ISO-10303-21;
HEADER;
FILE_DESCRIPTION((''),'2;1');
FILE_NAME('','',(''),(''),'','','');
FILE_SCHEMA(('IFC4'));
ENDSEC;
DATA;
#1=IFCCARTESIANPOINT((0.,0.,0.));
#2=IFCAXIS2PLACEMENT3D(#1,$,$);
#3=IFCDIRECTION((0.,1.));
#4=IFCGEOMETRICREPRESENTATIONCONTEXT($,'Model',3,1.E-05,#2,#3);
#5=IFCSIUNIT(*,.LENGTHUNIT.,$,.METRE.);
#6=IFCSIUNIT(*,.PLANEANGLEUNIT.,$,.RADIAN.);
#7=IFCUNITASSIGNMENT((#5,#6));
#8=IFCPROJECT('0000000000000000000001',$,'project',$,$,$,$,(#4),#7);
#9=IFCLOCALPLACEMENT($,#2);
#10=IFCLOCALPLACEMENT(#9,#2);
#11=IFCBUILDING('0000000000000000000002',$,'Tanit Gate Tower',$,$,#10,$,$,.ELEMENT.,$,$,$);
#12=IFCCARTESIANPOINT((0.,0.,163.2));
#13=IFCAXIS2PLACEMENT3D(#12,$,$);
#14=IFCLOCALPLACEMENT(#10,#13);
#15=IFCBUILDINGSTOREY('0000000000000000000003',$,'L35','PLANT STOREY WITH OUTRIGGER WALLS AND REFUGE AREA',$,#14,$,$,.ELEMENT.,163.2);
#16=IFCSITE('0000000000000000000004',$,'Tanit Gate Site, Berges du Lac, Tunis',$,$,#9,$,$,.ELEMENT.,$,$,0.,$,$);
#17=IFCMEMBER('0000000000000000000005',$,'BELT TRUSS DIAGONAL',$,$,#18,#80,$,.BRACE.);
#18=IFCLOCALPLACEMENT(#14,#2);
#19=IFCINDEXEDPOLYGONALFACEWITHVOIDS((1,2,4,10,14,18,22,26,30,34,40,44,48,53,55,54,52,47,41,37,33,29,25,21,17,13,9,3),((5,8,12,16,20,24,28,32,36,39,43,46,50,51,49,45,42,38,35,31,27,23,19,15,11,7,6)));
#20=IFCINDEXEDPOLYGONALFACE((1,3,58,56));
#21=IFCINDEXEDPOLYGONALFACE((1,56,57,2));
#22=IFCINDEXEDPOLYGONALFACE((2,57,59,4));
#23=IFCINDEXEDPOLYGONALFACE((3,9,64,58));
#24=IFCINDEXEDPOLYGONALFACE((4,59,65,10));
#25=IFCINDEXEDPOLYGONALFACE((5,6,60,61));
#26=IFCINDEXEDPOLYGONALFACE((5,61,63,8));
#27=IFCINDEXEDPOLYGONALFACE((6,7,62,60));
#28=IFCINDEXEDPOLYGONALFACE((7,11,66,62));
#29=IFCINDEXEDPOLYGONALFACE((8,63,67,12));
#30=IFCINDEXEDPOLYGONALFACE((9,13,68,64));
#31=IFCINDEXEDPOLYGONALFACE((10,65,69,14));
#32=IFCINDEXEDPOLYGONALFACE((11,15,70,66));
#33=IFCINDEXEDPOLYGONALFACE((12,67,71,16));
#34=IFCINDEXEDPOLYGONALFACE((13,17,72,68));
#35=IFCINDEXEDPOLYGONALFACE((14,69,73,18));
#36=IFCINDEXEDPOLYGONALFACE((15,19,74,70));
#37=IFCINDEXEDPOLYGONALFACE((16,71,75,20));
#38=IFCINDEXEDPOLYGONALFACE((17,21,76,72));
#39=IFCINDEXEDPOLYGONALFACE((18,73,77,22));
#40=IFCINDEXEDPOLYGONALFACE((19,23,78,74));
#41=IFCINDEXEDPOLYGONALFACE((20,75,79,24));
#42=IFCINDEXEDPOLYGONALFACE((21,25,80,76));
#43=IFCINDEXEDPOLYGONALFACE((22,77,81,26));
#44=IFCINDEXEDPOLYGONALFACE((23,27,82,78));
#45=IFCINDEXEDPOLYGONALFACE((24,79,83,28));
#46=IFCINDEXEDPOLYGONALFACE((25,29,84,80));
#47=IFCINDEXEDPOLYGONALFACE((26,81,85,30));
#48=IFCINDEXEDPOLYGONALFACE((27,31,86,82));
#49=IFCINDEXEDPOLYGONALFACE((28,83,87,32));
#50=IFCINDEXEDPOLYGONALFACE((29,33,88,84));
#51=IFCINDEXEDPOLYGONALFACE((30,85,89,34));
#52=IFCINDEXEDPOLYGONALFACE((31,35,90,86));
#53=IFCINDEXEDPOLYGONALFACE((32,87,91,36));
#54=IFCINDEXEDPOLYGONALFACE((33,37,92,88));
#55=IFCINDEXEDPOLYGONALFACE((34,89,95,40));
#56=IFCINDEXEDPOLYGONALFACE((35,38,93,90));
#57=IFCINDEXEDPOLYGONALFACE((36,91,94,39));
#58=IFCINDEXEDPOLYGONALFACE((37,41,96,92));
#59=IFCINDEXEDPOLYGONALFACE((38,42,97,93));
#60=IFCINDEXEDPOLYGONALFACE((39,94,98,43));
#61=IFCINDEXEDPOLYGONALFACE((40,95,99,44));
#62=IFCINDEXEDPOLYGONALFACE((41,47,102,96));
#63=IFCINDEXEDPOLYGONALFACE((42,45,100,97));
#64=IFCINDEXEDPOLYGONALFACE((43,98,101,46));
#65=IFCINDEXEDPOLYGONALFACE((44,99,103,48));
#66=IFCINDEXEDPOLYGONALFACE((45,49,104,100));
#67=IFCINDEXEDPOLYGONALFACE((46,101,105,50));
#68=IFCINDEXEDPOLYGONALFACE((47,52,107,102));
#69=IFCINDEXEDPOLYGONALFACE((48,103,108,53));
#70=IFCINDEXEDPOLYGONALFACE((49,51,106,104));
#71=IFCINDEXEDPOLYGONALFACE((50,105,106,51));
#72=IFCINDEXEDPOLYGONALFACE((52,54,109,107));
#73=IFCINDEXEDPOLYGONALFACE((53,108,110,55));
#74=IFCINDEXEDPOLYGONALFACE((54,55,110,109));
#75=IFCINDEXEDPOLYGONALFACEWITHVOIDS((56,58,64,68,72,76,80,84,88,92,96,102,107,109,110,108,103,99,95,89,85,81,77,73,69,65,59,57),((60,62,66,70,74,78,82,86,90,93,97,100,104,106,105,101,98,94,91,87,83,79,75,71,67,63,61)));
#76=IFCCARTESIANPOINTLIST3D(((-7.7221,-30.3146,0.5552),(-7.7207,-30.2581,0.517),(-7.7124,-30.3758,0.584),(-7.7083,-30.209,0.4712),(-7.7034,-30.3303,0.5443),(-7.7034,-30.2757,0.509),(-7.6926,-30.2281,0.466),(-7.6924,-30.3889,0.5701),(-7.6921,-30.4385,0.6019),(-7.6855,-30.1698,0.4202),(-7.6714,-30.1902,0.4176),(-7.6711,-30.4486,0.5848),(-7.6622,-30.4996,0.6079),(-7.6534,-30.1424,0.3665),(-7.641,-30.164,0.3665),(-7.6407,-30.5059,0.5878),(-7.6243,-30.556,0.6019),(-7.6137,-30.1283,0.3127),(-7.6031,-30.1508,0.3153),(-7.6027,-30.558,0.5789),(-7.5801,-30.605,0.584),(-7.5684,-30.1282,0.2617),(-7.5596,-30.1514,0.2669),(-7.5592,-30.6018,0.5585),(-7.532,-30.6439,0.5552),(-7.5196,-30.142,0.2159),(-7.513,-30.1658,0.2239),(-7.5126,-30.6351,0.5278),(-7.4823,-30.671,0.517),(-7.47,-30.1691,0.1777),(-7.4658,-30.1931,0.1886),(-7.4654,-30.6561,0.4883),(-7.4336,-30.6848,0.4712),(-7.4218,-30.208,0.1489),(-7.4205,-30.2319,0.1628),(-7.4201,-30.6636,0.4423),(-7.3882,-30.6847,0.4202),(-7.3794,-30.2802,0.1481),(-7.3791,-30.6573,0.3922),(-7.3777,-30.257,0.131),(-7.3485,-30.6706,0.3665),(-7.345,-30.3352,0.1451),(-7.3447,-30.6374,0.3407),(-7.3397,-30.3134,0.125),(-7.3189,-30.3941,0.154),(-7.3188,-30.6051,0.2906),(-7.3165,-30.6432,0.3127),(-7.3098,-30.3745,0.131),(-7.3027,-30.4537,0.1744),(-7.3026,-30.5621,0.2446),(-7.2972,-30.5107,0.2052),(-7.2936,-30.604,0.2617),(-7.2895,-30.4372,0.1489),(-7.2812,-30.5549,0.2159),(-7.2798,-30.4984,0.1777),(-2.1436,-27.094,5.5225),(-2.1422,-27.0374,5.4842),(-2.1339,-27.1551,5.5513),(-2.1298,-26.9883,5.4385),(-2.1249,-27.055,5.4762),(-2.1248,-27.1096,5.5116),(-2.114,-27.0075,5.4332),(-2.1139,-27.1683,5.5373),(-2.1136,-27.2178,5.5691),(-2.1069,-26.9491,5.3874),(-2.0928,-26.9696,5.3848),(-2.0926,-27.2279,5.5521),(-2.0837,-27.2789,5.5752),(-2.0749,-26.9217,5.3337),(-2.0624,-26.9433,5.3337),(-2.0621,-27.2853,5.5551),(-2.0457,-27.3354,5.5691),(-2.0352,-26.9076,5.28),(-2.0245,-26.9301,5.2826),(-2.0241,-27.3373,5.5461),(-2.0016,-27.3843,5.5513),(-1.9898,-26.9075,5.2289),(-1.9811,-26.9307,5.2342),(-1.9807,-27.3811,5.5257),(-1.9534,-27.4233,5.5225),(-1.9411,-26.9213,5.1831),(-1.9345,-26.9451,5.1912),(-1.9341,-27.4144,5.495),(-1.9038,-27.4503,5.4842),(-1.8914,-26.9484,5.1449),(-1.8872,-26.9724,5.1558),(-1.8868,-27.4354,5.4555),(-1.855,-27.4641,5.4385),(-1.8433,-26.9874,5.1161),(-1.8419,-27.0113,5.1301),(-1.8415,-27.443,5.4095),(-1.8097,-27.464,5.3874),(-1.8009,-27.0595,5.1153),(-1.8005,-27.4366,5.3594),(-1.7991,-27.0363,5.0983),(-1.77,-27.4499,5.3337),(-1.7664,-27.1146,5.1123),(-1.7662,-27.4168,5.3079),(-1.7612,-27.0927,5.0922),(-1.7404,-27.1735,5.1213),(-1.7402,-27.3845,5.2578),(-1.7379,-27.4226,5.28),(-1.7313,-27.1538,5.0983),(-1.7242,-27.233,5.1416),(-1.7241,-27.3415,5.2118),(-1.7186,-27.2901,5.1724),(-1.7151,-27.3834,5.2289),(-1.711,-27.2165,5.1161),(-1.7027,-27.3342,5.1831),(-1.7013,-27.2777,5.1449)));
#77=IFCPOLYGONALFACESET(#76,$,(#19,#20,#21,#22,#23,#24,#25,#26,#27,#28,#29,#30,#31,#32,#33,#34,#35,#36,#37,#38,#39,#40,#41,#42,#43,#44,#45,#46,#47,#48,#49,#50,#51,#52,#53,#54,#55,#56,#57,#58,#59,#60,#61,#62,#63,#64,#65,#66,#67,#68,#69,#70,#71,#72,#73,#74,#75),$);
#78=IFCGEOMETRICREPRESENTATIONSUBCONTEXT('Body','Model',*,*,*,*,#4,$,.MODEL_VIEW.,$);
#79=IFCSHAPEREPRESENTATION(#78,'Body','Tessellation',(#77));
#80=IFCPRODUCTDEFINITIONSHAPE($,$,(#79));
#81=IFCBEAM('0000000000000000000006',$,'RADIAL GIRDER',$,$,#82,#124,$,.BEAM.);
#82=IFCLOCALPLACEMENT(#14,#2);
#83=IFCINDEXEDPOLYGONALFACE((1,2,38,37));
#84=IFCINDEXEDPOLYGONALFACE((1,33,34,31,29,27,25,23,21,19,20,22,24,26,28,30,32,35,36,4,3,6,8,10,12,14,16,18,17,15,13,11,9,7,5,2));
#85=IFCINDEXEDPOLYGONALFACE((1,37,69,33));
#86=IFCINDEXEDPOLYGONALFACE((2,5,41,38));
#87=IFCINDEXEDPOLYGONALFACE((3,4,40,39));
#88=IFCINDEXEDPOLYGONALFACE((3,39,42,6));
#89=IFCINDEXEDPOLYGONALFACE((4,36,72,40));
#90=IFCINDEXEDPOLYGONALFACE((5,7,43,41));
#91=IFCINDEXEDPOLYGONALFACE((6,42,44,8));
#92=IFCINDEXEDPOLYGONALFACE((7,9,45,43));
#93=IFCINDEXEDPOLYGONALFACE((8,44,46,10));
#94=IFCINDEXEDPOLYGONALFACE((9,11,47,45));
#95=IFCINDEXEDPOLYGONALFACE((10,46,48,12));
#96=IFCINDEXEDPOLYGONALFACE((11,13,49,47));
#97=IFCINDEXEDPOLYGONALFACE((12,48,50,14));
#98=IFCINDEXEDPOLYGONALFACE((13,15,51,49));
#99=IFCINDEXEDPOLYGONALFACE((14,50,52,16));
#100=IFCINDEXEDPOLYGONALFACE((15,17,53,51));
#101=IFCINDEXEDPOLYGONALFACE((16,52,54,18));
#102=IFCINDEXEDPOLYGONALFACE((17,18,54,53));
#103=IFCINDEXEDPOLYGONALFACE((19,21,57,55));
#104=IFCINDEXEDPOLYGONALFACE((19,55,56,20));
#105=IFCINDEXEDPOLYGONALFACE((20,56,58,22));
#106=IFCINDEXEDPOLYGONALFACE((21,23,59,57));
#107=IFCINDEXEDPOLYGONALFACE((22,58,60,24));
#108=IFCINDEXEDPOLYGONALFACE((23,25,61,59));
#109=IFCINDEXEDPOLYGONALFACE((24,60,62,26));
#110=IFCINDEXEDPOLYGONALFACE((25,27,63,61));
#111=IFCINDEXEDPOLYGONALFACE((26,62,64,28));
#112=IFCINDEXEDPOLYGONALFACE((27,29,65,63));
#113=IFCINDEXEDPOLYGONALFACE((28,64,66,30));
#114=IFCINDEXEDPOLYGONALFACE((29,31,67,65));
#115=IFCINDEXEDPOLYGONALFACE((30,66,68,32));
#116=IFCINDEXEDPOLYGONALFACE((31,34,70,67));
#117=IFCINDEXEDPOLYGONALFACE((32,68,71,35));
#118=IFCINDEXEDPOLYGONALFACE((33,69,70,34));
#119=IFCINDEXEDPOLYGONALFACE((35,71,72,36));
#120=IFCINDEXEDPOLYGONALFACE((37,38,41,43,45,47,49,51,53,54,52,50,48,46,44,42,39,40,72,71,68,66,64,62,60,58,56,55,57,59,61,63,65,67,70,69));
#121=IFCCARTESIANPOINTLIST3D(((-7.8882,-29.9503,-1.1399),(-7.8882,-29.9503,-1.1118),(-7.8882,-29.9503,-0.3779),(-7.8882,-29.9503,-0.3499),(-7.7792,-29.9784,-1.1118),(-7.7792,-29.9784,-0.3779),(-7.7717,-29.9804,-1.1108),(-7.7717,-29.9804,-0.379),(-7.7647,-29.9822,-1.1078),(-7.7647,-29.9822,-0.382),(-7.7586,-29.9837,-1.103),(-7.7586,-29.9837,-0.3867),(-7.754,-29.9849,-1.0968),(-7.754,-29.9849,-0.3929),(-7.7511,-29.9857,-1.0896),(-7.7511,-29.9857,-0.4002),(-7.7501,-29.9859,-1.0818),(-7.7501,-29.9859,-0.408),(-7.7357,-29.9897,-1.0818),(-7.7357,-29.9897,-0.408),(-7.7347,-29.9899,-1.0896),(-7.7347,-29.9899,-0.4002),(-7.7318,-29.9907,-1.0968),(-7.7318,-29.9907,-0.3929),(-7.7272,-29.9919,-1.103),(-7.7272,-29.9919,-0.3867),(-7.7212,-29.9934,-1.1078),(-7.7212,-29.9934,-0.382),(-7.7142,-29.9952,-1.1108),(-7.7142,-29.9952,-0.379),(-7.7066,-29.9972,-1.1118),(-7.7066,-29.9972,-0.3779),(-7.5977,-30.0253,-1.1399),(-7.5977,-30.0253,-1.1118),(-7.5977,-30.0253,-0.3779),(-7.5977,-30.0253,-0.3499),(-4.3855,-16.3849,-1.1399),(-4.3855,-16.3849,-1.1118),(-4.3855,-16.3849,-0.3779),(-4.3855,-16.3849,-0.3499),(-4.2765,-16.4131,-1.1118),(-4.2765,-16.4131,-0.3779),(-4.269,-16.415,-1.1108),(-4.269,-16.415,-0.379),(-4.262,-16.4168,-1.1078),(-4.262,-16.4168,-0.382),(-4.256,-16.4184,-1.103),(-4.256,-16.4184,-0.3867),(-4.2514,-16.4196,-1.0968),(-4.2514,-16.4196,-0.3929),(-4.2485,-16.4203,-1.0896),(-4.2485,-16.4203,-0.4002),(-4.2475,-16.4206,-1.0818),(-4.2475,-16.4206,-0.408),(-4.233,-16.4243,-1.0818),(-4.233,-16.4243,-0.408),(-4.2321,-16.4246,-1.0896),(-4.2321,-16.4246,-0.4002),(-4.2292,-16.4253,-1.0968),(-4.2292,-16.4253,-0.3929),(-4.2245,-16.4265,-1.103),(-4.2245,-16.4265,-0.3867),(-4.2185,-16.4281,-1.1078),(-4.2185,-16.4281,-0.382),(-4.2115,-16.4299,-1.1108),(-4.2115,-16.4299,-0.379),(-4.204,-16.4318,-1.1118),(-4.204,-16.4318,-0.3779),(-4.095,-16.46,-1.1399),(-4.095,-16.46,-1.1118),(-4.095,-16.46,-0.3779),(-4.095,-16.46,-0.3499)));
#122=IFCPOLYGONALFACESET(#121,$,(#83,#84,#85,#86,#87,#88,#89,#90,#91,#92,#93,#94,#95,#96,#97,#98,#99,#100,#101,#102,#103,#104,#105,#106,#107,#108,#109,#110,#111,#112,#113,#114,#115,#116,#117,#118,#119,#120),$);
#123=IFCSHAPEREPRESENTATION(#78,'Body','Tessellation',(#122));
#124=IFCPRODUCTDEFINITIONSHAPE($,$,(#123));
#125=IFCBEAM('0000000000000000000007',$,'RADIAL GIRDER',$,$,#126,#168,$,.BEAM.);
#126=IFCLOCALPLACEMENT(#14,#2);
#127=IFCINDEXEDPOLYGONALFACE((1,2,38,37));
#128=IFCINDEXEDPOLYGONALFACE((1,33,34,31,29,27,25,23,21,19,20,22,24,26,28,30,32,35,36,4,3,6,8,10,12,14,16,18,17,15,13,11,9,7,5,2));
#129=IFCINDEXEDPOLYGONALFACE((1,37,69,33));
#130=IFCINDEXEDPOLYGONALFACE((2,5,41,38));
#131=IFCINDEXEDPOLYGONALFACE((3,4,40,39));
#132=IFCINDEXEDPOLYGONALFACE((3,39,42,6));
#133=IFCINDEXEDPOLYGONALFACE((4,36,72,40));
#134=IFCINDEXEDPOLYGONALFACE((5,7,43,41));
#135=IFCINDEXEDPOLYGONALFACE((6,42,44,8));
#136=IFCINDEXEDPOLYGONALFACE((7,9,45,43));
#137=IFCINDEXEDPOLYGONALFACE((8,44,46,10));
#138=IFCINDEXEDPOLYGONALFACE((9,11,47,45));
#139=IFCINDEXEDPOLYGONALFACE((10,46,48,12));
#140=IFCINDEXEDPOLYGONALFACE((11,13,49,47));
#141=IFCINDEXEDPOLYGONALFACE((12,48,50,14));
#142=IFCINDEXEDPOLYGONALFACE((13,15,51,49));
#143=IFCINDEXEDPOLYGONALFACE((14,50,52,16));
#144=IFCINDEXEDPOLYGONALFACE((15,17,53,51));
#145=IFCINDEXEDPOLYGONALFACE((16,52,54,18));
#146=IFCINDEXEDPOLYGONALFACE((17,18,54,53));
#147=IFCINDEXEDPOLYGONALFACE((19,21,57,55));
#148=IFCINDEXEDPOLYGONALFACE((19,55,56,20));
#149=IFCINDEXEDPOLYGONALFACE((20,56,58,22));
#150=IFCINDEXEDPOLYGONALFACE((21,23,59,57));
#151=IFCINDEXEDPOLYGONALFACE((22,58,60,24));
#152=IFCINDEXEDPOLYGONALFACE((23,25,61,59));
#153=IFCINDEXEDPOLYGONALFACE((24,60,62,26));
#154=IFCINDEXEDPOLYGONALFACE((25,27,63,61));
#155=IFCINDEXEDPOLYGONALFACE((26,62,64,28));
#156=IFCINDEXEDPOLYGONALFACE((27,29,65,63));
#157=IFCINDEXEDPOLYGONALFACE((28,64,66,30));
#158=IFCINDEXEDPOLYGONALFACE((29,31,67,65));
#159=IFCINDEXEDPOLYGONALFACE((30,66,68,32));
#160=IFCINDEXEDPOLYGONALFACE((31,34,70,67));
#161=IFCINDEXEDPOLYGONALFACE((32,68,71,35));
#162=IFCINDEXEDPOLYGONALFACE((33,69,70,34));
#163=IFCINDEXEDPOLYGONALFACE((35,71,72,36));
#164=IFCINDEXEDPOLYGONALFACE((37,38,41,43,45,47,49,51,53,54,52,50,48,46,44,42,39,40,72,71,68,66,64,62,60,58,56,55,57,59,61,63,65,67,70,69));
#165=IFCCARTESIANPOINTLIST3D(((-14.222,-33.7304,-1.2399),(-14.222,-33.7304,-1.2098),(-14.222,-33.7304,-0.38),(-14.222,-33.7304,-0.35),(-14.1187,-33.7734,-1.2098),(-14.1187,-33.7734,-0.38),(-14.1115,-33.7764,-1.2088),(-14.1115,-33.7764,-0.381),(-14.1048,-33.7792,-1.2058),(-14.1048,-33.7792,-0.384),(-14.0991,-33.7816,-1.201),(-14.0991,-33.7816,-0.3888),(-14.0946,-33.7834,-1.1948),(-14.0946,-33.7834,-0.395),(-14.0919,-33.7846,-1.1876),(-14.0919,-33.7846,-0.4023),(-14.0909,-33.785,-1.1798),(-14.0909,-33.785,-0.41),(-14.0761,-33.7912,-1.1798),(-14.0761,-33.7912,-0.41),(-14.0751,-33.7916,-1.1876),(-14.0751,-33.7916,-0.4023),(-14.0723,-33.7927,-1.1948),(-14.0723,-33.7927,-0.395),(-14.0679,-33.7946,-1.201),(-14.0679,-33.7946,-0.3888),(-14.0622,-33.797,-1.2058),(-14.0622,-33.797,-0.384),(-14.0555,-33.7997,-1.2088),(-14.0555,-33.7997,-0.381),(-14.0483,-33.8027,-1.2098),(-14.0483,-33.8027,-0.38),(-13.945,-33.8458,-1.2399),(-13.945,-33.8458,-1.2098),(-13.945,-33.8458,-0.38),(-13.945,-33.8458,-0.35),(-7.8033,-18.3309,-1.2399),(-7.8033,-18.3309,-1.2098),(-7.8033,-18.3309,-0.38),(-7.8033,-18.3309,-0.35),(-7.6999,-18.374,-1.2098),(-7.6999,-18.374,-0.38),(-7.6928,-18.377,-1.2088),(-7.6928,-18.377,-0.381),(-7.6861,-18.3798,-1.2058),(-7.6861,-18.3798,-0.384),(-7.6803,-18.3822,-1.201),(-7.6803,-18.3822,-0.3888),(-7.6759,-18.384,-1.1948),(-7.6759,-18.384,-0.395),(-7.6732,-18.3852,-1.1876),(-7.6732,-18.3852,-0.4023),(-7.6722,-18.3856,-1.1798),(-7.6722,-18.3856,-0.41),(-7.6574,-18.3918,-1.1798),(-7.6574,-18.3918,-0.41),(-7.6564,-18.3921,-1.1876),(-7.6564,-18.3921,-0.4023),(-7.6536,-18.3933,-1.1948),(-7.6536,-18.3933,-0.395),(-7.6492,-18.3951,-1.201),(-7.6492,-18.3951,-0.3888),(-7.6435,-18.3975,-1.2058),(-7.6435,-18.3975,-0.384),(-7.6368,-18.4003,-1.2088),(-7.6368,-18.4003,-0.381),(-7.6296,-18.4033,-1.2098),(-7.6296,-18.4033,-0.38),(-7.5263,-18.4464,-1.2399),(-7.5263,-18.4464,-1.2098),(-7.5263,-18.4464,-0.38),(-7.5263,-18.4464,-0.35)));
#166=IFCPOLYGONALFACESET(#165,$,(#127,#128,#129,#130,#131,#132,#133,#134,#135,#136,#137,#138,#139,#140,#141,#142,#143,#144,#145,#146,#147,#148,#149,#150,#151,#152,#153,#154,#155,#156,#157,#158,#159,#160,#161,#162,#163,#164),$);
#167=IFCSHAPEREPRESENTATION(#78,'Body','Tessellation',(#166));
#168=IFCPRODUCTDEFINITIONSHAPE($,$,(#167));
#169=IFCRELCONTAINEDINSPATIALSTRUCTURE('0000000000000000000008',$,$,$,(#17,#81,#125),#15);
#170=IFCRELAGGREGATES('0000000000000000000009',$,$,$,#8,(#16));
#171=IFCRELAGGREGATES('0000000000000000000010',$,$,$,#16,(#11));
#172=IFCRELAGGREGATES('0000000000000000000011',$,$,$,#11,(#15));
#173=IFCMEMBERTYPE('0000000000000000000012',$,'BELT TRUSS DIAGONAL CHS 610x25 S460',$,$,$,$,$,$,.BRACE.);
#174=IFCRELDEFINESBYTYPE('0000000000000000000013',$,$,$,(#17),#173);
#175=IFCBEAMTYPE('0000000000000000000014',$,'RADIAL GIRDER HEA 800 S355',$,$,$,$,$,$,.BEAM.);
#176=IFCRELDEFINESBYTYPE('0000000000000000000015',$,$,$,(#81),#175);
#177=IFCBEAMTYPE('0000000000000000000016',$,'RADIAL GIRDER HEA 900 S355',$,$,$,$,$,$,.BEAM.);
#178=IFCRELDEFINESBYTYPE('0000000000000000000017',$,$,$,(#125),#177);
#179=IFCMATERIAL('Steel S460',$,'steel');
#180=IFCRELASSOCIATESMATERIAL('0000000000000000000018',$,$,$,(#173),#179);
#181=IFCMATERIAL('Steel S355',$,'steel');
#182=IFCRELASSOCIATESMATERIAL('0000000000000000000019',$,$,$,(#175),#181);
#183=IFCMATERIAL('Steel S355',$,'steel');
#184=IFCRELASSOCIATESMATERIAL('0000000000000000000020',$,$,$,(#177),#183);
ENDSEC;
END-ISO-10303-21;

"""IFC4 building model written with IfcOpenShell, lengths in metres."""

from ifc_helpers import new_model, si_unit, direction, frame, origin, origin_2d, place, context, subcontext, project, spatial, hollow_circle, i_section, extrude, material, material_profile, profile_set, type_object, element, save


model = new_model("IFC4")

# Units and contexts
model_context = context("Model", 3, precision=1e-05, world=origin(), true_north=direction((0.0, 1.0)))
body_context = subcontext(model_context, "Body", "Model", "MODEL_VIEW")
ifc_project = project(units=[si_unit("LENGTHUNIT", "METRE"), si_unit("PLANEANGLEUNIT", "RADIAN")], contexts=[model_context])

# Site, building, storey
site_placement = place(None, origin())
site = spatial("IfcSite", under=ifc_project, at=site_placement, Name="Tanit Gate Site, Berges du Lac, Tunis", CompositionType="ELEMENT", RefElevation=0.0)
building_placement = place(site_placement, origin())
building = spatial("IfcBuilding", under=site, at=building_placement, Name="Tanit Gate Tower", CompositionType="ELEMENT")
storey_placement = place(building_placement, frame((0.0, 0.0, 163.2)))
storey = spatial("IfcBuildingStorey", under=building, at=storey_placement, Name="L35", Description="PLANT STOREY WITH OUTRIGGER WALLS AND REFUGE AREA", CompositionType="ELEMENT", Elevation=163.2)

# Member
ifc_material_1 = material(Name="Steel S460", Category="steel")
ifc_material_profile_1 = material_profile(ifc_material_1, hollow_circle(Radius=0.3049, WallThickness=0.0249, at=origin_2d()), Name="CHS 610x25")
ifc_profile_set_1 = profile_set([ifc_material_profile_1], Name="Steel S460")
member_type = type_object("IfcMemberType", Name="BELT TRUSS DIAGONAL CHS 610x25 S460", PredefinedType="BRACE", material=ifc_profile_set_1)
for number, where, z_axis, x_axis, name in (
    (1, (-7.501, -30.4065, 0.3665), (0.685809, 0.395938, 0.610655), (-0.499987, 0.866033, 0.0), "BELT TRUSS DIAGONAL"),
):
    element("IfcMember", number, at=place(storey_placement, frame(where, z_axis=z_axis, x_axis=x_axis)), inside=storey, type_object=member_type, Name=name, PredefinedType="BRACE", context=body_context, shape_type="SweptSolid", body=[
        extrude(hollow_circle(Radius=0.3049, WallThickness=0.0249, at=origin_2d()), origin(), (0.0, 0.0, 1.0), 8.1343),
    ])

# Beams
ifc_material_2 = material(Name="Steel S355", Category="steel")
ifc_material_profile_2 = material_profile(ifc_material_2, i_section(OverallWidth=0.3, OverallDepth=0.79, WebThickness=0.0149, FlangeThickness=0.0281, FilletRadius=0.03, at=origin_2d()), Name="HEA 800")
ifc_profile_set_2 = profile_set([ifc_material_profile_2], Name="Steel S355")
beam_type_1 = type_object("IfcBeamType", Name="RADIAL GIRDER HEA 800 S355", PredefinedType="BEAM", material=ifc_profile_set_2)
beam_1_placement = place(storey_placement, frame((-7.7429, -29.9878, -0.7449), z_axis=(0.250007, 0.968244, 0.0), x_axis=(-0.968244, 0.250007, 0.0)))
element("IfcBeam", 2, at=beam_1_placement, inside=storey, type_object=beam_type_1, Name="RADIAL GIRDER", PredefinedType="BEAM", context=body_context, shape_type="SweptSolid", body=[
    extrude(i_section(OverallWidth=0.3, OverallDepth=0.79, WebThickness=0.0149, FlangeThickness=0.0281, FilletRadius=0.03, at=origin_2d()), origin(), (0.0, 0.0, 1.0), 14.0103),
])
ifc_material_3 = material(Name="Steel S355", Category="steel")
ifc_material_profile_3 = material_profile(ifc_material_3, i_section(OverallWidth=0.3, OverallDepth=0.8899, WebThickness=0.0161, FlangeThickness=0.03, FilletRadius=0.03, at=origin_2d()), Name="HEA 900")
ifc_profile_set_3 = profile_set([ifc_material_profile_3], Name="Steel S355")
beam_type_2 = type_object("IfcBeamType", Name="RADIAL GIRDER HEA 900 S355", PredefinedType="BEAM", material=ifc_profile_set_3)
beam_2_placement = place(storey_placement, frame((-14.0835, -33.7881, -0.7949), z_axis=(0.384732, 0.923028, 0.0), x_axis=(-0.923028, 0.384732, 0.0)))
element("IfcBeam", 3, at=beam_2_placement, inside=storey, type_object=beam_type_2, Name="RADIAL GIRDER", PredefinedType="BEAM", context=body_context, shape_type="SweptSolid", body=[
    extrude(i_section(OverallWidth=0.3, OverallDepth=0.8899, WebThickness=0.0161, FlangeThickness=0.03, FilletRadius=0.03, at=origin_2d()), origin(), (0.0, 0.0, 1.0), 16.6836),
])

save(model, "model.ifc")
